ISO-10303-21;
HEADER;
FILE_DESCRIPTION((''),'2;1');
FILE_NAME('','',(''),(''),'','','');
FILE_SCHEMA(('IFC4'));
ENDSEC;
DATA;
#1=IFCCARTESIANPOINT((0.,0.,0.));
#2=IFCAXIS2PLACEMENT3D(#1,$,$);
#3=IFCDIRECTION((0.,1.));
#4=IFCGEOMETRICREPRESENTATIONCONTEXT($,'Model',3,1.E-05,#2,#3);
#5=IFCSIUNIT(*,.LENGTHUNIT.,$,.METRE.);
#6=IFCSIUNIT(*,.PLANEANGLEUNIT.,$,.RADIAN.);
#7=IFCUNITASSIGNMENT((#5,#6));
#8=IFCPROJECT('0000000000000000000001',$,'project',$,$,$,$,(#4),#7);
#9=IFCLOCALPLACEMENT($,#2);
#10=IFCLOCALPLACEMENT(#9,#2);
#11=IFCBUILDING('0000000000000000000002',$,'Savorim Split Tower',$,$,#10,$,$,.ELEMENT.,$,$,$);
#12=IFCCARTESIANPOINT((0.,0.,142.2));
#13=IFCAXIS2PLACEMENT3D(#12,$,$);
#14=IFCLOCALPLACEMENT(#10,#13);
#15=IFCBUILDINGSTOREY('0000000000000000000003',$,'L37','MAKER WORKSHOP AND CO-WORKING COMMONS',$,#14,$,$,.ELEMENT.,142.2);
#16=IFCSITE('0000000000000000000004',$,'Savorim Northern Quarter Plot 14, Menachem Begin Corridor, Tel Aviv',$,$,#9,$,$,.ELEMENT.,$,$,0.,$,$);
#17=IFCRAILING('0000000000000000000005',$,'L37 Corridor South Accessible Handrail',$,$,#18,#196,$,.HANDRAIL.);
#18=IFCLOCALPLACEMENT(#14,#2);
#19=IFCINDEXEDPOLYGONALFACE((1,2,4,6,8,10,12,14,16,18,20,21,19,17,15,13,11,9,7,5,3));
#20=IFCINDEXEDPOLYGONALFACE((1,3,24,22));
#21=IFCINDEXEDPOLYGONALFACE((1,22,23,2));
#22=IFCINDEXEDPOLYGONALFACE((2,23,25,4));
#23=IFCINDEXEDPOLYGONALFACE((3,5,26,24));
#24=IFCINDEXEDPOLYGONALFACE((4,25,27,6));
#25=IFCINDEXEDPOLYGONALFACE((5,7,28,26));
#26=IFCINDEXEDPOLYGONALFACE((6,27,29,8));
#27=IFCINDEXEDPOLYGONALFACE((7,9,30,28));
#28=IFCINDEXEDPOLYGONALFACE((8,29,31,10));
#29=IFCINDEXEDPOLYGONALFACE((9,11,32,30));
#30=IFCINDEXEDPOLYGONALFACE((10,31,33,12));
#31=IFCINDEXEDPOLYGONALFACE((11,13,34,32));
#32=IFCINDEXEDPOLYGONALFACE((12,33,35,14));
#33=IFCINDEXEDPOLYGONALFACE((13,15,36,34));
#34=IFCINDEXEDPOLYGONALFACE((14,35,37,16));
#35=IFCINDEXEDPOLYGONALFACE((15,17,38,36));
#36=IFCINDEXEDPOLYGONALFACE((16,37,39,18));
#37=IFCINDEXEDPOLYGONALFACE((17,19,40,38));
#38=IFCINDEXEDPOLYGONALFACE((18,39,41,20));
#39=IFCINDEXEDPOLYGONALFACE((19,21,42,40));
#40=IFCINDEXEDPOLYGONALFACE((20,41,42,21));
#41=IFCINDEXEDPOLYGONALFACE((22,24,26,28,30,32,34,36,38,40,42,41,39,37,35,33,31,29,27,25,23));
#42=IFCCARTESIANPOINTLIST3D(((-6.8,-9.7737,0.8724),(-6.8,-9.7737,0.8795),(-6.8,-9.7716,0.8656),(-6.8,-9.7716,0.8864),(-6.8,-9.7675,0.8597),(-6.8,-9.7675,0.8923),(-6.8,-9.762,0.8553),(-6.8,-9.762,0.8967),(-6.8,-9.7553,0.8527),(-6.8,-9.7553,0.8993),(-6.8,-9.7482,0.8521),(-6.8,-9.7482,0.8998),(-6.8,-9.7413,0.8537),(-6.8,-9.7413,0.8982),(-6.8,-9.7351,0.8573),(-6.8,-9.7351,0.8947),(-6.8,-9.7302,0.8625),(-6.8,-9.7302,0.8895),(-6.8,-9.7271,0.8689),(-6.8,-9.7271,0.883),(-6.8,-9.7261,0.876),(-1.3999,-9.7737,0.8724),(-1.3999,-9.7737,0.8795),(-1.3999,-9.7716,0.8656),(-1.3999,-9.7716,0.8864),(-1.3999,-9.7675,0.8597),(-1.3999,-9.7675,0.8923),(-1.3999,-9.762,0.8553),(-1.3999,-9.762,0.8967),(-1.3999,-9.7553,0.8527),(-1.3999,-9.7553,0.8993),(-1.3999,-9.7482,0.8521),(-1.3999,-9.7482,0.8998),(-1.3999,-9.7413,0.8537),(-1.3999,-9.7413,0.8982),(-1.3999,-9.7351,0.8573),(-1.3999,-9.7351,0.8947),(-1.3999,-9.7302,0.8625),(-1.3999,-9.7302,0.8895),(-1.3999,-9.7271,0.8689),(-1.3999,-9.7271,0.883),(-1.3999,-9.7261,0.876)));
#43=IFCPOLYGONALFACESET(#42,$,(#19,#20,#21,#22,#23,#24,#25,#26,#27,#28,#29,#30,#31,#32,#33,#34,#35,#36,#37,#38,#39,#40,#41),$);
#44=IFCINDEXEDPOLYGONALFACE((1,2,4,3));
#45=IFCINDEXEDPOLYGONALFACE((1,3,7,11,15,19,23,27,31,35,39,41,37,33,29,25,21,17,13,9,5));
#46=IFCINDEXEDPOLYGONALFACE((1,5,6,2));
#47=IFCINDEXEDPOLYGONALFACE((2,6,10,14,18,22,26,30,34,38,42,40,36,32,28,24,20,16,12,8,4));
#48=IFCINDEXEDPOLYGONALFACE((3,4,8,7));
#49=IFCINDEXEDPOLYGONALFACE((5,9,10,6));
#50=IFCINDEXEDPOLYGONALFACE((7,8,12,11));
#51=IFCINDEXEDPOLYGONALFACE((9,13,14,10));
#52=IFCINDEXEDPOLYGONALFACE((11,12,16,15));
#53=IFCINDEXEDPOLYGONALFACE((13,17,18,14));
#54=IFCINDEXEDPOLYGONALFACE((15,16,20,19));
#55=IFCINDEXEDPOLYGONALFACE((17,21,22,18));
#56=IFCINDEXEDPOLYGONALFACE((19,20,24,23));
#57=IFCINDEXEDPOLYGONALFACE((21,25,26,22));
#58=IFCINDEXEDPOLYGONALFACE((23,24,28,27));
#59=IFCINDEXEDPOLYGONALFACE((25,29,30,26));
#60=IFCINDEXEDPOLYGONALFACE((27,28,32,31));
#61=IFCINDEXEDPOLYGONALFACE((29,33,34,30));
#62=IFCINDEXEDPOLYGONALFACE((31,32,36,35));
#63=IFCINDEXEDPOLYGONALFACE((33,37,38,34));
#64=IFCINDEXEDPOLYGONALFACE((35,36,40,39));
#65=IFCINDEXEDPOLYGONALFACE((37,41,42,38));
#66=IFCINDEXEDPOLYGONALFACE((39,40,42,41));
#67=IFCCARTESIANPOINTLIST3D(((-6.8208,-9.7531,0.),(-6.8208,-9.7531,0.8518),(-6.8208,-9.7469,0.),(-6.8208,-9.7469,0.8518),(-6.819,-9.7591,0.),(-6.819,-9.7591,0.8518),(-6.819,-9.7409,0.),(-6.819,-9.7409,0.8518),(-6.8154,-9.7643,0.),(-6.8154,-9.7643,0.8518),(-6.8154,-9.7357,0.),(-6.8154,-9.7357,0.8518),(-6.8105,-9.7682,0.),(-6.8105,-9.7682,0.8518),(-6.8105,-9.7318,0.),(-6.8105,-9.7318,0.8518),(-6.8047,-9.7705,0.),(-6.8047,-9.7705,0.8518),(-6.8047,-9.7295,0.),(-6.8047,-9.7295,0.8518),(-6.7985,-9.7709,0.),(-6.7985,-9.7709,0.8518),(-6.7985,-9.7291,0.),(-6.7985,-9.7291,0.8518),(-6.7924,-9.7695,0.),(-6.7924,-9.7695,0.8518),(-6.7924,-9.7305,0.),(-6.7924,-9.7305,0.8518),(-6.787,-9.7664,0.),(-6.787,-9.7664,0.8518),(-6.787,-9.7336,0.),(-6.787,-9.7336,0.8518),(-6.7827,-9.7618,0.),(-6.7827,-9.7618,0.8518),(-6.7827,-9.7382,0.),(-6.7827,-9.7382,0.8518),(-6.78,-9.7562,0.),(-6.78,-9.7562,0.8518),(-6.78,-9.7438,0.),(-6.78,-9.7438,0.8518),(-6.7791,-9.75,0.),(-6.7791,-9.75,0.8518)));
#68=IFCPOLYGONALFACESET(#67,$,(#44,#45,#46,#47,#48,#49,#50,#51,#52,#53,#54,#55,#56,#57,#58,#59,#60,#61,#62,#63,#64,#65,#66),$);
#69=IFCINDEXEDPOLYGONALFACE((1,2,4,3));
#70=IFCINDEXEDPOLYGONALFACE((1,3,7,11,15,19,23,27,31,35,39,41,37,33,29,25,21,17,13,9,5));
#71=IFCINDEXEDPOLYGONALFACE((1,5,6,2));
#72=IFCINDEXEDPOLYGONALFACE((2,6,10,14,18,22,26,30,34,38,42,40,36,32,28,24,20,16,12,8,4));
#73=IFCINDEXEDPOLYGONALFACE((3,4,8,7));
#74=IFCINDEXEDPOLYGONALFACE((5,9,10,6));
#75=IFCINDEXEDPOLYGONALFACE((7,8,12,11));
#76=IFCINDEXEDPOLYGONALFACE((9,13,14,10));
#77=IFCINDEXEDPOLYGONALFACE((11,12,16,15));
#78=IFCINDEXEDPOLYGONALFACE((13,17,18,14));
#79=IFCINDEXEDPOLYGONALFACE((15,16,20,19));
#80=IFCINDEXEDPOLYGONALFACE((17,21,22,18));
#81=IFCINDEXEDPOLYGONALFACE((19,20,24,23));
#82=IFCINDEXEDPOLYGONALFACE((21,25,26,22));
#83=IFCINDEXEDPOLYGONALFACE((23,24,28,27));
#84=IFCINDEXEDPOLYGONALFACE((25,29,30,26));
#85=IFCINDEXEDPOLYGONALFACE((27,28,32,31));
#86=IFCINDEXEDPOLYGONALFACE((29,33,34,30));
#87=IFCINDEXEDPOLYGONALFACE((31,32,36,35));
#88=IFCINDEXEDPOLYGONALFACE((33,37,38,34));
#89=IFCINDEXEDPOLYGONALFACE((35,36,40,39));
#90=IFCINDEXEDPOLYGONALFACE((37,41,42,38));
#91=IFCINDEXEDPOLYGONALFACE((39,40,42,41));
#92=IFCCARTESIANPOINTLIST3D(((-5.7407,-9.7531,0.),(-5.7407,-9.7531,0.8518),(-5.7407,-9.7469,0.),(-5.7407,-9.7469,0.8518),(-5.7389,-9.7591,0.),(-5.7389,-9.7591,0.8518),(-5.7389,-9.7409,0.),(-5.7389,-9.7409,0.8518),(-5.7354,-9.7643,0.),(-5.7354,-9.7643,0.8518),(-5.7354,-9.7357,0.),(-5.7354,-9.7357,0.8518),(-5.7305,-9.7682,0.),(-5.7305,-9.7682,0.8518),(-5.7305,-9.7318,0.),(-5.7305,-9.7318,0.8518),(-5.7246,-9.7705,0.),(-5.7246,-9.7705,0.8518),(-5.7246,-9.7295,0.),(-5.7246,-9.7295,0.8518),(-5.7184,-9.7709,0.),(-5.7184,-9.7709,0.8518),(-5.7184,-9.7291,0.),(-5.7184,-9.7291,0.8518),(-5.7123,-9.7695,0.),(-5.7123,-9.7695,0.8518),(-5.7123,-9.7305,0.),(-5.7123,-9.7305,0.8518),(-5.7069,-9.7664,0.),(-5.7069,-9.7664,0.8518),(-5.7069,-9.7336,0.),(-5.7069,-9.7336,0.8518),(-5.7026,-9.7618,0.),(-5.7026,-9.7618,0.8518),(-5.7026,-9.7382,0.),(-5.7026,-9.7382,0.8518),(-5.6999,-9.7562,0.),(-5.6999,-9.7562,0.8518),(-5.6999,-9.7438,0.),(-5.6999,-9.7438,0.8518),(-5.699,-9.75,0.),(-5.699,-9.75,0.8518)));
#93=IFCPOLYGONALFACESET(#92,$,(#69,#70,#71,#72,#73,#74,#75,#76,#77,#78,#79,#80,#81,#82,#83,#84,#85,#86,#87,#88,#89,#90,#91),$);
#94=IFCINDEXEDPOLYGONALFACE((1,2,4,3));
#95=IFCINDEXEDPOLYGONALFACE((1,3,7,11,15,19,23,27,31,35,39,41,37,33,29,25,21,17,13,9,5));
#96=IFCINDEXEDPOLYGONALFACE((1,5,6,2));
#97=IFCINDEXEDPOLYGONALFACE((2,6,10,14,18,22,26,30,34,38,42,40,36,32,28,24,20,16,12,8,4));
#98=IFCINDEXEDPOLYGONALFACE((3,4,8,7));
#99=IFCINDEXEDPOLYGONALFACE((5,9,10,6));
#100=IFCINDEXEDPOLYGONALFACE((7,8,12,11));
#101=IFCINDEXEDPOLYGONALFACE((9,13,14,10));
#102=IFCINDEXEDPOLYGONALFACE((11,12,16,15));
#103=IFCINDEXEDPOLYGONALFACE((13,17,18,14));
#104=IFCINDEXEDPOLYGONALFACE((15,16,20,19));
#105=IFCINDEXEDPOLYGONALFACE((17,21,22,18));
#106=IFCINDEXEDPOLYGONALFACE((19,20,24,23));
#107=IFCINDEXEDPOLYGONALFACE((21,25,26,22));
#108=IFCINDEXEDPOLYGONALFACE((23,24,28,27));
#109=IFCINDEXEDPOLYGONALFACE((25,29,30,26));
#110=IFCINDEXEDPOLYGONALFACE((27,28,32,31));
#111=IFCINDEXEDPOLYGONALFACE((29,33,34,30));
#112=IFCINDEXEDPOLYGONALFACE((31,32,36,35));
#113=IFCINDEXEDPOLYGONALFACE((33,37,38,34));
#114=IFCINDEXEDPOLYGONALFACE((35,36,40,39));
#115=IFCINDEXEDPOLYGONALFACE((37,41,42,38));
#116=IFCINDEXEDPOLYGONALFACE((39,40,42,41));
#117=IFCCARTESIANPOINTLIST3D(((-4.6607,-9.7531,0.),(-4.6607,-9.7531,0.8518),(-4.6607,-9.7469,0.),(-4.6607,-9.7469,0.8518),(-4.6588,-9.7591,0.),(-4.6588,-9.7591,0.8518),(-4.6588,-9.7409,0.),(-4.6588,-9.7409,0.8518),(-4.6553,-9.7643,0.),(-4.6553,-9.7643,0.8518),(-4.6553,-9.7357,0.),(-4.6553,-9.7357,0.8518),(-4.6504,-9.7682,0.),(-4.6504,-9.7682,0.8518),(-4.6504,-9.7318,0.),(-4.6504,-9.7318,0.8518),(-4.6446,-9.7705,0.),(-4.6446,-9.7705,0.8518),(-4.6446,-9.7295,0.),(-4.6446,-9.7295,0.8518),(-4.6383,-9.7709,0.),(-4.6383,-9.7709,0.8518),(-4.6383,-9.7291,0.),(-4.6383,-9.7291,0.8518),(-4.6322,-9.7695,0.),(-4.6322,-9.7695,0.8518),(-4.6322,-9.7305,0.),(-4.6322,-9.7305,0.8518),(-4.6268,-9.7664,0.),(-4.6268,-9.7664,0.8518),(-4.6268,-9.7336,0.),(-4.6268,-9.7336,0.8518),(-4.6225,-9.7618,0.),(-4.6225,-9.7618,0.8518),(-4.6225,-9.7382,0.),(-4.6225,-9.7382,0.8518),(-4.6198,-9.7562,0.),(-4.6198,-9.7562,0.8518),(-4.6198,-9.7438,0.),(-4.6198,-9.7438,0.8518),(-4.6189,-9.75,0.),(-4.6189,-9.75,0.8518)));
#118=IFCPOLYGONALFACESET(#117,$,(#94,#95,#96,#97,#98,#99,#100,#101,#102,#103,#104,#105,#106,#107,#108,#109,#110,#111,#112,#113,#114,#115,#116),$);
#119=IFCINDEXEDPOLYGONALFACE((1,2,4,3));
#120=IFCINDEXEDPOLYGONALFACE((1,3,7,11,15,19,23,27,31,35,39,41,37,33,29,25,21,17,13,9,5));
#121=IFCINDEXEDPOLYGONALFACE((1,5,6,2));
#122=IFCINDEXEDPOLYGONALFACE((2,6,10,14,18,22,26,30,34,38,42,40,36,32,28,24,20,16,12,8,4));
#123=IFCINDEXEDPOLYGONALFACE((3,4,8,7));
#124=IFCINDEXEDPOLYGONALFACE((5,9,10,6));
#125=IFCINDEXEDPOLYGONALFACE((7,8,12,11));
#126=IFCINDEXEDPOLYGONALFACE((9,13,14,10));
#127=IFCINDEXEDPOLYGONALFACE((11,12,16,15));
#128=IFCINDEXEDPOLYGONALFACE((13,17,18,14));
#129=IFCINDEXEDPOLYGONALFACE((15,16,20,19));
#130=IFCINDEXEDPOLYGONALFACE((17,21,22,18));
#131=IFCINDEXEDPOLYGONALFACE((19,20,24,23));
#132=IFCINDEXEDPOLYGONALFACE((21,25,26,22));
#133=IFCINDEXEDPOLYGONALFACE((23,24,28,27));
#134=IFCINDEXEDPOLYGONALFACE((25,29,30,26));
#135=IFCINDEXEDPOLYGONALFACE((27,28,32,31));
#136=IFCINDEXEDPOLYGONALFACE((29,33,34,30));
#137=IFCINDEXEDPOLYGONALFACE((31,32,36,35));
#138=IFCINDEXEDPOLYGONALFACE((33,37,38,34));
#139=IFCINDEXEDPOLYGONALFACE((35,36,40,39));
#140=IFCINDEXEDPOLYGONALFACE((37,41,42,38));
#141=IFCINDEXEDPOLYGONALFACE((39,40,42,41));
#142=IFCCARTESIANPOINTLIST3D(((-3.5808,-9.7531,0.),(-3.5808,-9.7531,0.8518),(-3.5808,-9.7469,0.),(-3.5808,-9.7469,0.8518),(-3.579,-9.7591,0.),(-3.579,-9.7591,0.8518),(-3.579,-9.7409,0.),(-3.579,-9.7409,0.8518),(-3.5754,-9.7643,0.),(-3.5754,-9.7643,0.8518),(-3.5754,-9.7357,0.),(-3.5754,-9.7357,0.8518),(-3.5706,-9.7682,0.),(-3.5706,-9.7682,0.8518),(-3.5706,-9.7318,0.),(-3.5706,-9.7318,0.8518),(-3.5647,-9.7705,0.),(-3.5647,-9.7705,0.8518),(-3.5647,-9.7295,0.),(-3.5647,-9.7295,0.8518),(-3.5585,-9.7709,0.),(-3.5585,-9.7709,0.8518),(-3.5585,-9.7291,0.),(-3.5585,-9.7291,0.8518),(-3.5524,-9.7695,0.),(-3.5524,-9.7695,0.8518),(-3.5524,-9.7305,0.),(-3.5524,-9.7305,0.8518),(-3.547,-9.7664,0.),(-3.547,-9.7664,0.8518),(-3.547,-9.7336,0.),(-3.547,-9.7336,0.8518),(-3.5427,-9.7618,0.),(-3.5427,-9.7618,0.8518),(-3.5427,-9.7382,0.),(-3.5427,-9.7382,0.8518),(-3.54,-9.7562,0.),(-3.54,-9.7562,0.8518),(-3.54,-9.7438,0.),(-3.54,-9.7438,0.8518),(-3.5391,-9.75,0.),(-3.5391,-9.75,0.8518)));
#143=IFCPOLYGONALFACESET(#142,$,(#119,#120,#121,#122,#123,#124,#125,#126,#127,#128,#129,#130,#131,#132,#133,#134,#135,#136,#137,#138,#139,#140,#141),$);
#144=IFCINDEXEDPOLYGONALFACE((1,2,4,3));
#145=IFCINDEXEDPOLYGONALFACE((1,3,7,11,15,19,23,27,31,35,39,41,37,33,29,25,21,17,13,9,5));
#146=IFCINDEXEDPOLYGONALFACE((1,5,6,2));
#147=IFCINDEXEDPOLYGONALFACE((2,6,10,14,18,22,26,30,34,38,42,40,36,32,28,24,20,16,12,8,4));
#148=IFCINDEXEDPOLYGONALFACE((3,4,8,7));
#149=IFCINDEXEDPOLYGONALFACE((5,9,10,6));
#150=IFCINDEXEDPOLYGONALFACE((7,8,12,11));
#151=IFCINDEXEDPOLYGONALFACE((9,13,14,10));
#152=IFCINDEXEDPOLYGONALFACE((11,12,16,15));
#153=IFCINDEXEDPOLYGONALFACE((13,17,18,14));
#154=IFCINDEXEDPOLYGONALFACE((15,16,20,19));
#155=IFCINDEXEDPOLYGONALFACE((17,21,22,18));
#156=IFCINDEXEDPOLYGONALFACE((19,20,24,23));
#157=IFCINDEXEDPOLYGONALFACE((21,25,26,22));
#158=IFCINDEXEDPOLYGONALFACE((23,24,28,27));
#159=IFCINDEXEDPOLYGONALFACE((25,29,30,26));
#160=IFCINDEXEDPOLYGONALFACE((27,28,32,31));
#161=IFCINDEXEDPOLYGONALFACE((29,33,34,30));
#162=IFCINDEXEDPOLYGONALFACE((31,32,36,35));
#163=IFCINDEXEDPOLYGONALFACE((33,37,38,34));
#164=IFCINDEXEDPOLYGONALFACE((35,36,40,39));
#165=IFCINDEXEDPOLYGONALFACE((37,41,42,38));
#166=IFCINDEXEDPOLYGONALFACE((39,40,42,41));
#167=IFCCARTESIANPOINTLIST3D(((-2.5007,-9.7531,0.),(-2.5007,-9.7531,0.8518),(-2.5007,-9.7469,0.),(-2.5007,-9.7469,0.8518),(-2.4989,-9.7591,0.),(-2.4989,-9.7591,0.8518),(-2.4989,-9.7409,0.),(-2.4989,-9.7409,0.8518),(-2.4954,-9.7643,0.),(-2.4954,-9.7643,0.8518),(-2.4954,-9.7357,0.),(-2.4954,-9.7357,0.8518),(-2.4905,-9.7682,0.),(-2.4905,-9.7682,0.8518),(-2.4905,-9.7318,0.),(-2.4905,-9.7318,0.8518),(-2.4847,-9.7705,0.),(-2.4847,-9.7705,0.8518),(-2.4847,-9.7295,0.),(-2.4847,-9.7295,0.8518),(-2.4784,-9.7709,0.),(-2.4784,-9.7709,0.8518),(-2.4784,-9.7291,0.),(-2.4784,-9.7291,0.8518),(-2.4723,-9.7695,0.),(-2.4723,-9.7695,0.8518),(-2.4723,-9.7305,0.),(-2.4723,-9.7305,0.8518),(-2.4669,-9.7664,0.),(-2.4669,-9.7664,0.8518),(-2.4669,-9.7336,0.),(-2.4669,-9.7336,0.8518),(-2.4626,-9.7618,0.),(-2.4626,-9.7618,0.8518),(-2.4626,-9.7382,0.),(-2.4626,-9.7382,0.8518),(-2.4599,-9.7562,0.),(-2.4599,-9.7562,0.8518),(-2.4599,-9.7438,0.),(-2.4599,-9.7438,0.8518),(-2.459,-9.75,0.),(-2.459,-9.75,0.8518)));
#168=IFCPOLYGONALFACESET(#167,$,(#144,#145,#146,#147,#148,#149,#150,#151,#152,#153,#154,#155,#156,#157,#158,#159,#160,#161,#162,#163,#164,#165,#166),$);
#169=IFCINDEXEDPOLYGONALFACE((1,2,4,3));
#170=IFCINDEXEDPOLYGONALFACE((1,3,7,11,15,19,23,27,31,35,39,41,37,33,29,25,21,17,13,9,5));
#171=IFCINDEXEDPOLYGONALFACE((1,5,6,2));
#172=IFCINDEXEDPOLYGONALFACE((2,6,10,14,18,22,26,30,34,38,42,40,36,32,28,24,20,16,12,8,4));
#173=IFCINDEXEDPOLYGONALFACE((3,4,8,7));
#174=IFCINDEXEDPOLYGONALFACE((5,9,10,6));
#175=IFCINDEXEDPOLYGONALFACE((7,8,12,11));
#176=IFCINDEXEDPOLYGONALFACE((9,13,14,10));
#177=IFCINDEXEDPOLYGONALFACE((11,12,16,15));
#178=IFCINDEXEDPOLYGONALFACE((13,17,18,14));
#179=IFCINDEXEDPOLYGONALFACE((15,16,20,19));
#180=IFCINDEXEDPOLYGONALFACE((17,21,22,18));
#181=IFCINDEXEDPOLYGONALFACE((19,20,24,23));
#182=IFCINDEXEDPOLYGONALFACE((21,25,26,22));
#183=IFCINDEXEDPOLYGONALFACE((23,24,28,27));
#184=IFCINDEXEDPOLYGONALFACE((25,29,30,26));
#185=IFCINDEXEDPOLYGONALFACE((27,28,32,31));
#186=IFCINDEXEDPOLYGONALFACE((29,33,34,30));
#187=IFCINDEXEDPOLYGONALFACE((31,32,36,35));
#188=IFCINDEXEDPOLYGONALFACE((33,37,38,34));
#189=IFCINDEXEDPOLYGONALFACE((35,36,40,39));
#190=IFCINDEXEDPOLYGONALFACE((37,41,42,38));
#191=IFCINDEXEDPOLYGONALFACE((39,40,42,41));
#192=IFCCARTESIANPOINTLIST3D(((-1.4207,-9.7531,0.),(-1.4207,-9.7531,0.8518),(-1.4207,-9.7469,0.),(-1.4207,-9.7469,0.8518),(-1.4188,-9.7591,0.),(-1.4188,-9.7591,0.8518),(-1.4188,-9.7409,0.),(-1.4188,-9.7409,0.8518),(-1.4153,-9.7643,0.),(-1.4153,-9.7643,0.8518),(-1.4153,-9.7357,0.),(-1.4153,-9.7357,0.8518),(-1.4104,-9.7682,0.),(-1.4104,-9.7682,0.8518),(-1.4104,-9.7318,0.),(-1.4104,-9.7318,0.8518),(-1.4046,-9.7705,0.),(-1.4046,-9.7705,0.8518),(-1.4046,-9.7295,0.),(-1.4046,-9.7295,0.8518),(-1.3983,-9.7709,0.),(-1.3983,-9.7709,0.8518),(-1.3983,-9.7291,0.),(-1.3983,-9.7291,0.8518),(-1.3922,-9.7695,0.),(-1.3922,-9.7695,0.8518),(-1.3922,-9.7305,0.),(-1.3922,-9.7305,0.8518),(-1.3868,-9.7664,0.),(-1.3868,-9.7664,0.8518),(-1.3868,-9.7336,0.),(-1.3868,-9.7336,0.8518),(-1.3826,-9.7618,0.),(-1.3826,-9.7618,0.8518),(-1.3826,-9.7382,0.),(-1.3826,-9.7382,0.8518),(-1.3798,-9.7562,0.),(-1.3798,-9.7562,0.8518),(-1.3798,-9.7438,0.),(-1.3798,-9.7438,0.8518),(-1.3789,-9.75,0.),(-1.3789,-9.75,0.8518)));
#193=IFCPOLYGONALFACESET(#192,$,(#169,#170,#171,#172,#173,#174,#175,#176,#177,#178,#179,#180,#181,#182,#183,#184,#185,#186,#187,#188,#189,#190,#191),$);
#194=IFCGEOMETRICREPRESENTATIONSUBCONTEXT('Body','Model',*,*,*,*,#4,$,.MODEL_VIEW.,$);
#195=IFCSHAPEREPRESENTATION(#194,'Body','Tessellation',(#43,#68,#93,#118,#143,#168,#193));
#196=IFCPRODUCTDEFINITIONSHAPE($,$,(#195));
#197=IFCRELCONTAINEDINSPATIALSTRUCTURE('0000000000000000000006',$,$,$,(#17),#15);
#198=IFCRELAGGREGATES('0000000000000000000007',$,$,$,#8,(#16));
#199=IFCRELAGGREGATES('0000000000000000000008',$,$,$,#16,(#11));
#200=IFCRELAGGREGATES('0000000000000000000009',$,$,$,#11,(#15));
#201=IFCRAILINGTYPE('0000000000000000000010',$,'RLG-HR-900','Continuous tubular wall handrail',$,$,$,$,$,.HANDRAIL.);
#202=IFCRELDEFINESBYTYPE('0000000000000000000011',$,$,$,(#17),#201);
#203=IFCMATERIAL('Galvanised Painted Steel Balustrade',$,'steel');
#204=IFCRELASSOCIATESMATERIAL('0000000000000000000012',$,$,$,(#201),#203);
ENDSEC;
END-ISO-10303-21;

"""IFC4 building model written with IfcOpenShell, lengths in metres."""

from ifc_helpers import new_model, si_unit, direction, frame, origin, origin_2d, place, context, subcontext, project, spatial, circle, extrude, material, type_object, element, save


model = new_model("IFC4")

# Units and contexts
model_context = context("Model", 3, precision=1e-05, world=origin(), true_north=direction((0.0, 1.0)))
body_context = subcontext(model_context, "Body", "Model", "MODEL_VIEW")
ifc_project = project(units=[si_unit("LENGTHUNIT", "METRE"), si_unit("PLANEANGLEUNIT", "RADIAN")], contexts=[model_context])

# Site, building, storey
site_placement = place(None, origin())
site = spatial("IfcSite", under=ifc_project, at=site_placement, Name="Savorim Northern Quarter Plot 14, Menachem Begin Corridor, Tel Aviv", CompositionType="ELEMENT", RefElevation=0.0)
building_placement = place(site_placement, origin())
building = spatial("IfcBuilding", under=site, at=building_placement, Name="Savorim Split Tower", CompositionType="ELEMENT")
storey_placement = place(building_placement, frame((0.0, 0.0, 142.2)))
storey = spatial("IfcBuildingStorey", under=building, at=storey_placement, Name="L37", Description="MAKER WORKSHOP AND CO-WORKING COMMONS", CompositionType="ELEMENT", Elevation=142.2)

# Railing
ifc_material_1 = material(Name="Galvanised Painted Steel Balustrade", Category="steel")
railing_type_1 = type_object("IfcRailingType", Name="RLG-HR-900", Description="Continuous tubular wall handrail", PredefinedType="HANDRAIL", material=ifc_material_1)
railing_1_placement = place(storey_placement, frame((-6.8, -9.75, 0.0)))
element("IfcRailing", 1, at=railing_1_placement, inside=storey, type_object=railing_type_1, Name="L37 Corridor South Accessible Handrail", PredefinedType="HANDRAIL", context=body_context, shape_type="SweptSolid", body=[
    extrude(circle(Radius=0.0239, at=origin_2d()), frame((0.0, 0.0, 0.876), z_axis=(1.0, 0.0, 0.0), x_axis=(0.0, 1.0, 0.0)), (0.0, 0.0, 1.0), 5.4001),
    extrude(circle(Radius=0.021, at=origin_2d()), origin(), (0.0, 0.0, 1.0), 0.8518),
    extrude(circle(Radius=0.021, at=origin_2d()), frame((1.0801, 0.0, 0.0)), (0.0, 0.0, 1.0), 0.8518),
    extrude(circle(Radius=0.021, at=origin_2d()), frame((2.1602, 0.0, 0.0)), (0.0, 0.0, 1.0), 0.8518),
    extrude(circle(Radius=0.021, at=origin_2d()), frame((3.24, 0.0, 0.0)), (0.0, 0.0, 1.0), 0.8518),
    extrude(circle(Radius=0.021, at=origin_2d()), frame((4.3201, 0.0, 0.0)), (0.0, 0.0, 1.0), 0.8518),
    extrude(circle(Radius=0.021, at=origin_2d()), frame((5.4001, 0.0, 0.0)), (0.0, 0.0, 1.0), 0.8518),
])

save(model, "model.ifc")
